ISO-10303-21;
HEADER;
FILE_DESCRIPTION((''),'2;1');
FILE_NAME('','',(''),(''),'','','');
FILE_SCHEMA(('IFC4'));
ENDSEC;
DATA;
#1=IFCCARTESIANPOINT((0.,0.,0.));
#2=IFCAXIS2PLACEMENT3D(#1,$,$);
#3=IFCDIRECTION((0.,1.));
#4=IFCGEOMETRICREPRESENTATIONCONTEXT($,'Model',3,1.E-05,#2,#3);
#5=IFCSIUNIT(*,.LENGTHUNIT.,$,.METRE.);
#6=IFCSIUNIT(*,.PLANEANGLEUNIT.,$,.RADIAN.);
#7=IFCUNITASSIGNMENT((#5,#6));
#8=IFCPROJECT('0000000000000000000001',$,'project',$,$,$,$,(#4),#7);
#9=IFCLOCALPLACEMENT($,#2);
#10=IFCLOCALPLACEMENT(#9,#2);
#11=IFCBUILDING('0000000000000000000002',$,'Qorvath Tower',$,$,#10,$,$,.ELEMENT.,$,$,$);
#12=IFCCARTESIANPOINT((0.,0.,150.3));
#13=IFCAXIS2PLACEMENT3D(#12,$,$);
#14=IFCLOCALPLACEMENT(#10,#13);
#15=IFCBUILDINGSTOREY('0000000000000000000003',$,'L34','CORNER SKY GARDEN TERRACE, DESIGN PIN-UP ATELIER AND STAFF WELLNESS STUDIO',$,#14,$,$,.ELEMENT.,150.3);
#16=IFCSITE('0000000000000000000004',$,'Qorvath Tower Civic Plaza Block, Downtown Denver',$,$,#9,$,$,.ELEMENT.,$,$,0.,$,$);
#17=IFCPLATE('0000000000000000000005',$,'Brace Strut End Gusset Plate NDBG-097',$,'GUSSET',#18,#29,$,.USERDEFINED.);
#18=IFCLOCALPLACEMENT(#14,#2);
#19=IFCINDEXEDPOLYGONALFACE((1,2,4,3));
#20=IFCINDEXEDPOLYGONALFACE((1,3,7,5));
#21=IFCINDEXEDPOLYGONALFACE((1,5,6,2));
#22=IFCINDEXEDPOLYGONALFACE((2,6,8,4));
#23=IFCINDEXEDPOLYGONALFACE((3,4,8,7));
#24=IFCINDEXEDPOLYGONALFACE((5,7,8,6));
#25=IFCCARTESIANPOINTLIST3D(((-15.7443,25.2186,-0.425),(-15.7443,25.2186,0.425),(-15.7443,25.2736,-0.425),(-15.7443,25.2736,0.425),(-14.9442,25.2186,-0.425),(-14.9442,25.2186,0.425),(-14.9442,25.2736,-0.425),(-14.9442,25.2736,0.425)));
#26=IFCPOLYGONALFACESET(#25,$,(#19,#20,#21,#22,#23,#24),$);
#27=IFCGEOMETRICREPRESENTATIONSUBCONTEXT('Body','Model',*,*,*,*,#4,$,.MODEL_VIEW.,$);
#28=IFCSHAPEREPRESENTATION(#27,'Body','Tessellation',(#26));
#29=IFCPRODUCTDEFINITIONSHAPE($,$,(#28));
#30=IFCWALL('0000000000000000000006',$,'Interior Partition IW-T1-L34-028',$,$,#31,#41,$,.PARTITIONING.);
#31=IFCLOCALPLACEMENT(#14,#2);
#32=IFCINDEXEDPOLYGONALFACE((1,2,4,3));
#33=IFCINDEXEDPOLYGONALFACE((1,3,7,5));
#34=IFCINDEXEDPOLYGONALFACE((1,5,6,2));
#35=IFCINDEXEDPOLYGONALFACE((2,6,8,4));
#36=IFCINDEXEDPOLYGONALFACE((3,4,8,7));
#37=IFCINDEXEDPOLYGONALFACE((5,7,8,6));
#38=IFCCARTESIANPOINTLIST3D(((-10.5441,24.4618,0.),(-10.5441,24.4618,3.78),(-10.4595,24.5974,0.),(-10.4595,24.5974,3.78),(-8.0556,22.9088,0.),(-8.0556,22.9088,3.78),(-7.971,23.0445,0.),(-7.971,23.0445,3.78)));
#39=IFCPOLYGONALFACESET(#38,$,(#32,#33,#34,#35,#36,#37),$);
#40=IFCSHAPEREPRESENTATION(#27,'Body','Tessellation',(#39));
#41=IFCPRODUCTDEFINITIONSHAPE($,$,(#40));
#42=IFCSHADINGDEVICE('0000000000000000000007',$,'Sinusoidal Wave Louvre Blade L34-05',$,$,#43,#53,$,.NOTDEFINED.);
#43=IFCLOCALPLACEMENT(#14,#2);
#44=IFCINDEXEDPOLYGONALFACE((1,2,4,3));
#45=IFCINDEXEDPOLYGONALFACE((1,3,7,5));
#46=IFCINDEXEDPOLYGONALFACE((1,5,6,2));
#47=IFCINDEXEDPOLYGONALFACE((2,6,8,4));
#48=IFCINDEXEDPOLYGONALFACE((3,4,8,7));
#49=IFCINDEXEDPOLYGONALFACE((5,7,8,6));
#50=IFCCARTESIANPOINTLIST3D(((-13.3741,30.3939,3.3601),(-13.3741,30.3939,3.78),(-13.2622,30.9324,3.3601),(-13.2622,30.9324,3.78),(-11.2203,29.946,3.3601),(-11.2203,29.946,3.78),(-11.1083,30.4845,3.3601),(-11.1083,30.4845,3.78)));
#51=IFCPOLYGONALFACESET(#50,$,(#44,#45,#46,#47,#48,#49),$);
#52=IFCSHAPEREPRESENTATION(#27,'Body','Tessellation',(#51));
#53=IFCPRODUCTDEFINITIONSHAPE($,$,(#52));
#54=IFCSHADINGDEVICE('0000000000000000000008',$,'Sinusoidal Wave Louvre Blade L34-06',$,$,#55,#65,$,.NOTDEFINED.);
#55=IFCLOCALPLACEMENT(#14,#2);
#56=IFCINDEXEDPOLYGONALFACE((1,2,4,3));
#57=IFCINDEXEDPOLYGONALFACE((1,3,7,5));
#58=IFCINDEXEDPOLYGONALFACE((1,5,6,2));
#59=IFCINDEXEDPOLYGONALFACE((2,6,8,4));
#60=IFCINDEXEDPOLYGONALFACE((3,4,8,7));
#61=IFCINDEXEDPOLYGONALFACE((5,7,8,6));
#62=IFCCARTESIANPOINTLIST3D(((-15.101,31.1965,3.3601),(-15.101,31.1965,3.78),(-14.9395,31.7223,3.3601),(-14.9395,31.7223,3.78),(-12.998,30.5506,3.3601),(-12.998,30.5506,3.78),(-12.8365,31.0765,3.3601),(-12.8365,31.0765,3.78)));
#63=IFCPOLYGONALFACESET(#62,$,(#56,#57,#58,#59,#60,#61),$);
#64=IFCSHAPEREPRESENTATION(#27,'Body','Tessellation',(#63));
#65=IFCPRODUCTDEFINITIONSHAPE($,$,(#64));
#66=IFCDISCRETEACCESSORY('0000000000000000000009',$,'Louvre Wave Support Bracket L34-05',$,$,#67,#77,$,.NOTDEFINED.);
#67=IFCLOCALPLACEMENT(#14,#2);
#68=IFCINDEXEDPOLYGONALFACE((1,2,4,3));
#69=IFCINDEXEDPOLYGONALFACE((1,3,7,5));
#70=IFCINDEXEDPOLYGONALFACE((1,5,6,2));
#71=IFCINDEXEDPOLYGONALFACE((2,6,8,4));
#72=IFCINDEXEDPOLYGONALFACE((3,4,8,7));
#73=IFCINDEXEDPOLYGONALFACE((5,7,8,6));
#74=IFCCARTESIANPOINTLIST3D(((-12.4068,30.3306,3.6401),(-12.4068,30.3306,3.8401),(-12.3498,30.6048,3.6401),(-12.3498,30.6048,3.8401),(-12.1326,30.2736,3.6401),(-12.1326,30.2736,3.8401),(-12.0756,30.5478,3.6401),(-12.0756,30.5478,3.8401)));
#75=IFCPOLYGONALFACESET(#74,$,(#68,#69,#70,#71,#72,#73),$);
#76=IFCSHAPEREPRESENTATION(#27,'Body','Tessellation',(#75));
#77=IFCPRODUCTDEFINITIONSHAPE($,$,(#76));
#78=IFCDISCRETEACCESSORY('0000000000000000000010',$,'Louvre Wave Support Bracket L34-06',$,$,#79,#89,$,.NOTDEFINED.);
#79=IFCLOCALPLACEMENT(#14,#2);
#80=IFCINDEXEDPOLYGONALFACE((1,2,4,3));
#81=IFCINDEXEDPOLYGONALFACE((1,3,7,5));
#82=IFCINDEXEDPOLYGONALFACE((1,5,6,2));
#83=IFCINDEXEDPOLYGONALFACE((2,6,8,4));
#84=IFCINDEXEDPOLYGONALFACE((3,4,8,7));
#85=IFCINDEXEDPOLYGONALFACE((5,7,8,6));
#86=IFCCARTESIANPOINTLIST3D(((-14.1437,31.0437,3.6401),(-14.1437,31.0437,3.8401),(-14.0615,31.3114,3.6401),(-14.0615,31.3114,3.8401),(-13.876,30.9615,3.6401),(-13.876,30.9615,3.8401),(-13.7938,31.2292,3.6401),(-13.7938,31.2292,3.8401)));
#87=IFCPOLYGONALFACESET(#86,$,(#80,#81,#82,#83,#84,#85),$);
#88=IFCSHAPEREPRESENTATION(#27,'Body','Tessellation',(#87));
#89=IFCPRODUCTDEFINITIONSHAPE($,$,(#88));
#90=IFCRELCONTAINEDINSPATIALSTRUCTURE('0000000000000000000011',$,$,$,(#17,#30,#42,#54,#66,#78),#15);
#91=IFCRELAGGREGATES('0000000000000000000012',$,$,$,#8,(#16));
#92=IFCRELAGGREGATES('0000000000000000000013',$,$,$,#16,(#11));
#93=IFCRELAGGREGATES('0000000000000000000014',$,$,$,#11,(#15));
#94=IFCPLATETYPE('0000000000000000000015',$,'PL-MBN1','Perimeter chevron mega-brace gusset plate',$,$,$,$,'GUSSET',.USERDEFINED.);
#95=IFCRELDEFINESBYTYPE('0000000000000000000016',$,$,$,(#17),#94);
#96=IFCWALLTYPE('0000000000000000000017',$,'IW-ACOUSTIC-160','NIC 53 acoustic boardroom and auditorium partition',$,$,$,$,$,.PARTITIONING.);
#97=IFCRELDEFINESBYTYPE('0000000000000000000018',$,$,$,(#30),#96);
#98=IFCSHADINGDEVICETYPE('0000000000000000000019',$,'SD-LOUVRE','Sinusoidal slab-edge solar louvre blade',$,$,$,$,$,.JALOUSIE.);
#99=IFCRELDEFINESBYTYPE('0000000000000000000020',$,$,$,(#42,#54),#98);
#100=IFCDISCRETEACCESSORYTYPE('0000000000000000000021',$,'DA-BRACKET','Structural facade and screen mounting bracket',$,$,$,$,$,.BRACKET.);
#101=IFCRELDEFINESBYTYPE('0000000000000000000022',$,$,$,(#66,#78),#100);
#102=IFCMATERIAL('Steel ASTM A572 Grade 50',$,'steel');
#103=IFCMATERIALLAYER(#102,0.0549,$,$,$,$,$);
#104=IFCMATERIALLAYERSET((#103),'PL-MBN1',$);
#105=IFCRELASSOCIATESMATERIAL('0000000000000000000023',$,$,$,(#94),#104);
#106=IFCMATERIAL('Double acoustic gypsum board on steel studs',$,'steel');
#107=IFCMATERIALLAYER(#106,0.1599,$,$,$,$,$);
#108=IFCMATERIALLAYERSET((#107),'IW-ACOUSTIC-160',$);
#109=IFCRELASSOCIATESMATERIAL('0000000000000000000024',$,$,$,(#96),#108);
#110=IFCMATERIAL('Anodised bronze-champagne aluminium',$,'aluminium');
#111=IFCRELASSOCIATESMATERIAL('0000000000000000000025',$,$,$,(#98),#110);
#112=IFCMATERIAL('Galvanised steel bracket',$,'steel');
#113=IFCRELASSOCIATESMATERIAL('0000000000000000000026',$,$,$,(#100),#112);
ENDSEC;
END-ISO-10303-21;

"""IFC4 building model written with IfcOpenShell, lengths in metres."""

from ifc_helpers import new_model, si_unit, direction, frame, frame_2d, origin, origin_2d, place, context, subcontext, project, spatial, rectangle, extrude, material, layer, layer_set, type_object, element, save


model = new_model("IFC4")

# Units and contexts
model_context = context("Model", 3, precision=1e-05, world=origin(), true_north=direction((0.0, 1.0)))
body_context = subcontext(model_context, "Body", "Model", "MODEL_VIEW")
ifc_project = project(units=[si_unit("LENGTHUNIT", "METRE"), si_unit("PLANEANGLEUNIT", "RADIAN")], contexts=[model_context])

# Site, building, storey
site_placement = place(None, origin())
site = spatial("IfcSite", under=ifc_project, at=site_placement, Name="Qorvath Tower Civic Plaza Block, Downtown Denver", CompositionType="ELEMENT", RefElevation=0.0)
building_placement = place(site_placement, origin())
building = spatial("IfcBuilding", under=site, at=building_placement, Name="Qorvath Tower", CompositionType="ELEMENT")
storey_placement = place(building_placement, frame((0.0, 0.0, 150.3)))
storey = spatial("IfcBuildingStorey", under=building, at=storey_placement, Name="L34", Description="CORNER SKY GARDEN TERRACE, DESIGN PIN-UP ATELIER AND STAFF WELLNESS STUDIO", CompositionType="ELEMENT", Elevation=150.3)

# Plate
ifc_material_1 = material(Name="Steel ASTM A572 Grade 50", Category="steel")
ifc_layer_1 = layer(ifc_material_1, 0.0549)
ifc_layer_set_1 = layer_set([ifc_layer_1], Name="PL-MBN1")
plate_type_1 = type_object("IfcPlateType", Name="PL-MBN1", Description="Perimeter chevron mega-brace gusset plate", ElementType="GUSSET", PredefinedType="USERDEFINED", material=ifc_layer_set_1)
plate_1_placement = place(storey_placement, frame((-15.3442, 25.2461, -0.425), z_axis=(0.0, 0.0, 1.0), x_axis=(1.0, 0.0, 0.0)))
element("IfcPlate", 1, at=plate_1_placement, inside=storey, type_object=plate_type_1, Name="Brace Strut End Gusset Plate NDBG-097", ObjectType="GUSSET", PredefinedType="USERDEFINED", context=body_context, shape_type="SweptSolid", body=[
    extrude(rectangle(XDim=0.8, YDim=0.0549, at=origin_2d()), origin(), (0.0, 0.0, 1.0), 0.8501),
])

# Wall
ifc_material_2 = material(Name="Double acoustic gypsum board on steel studs", Category="steel")
ifc_layer_2 = layer(ifc_material_2, 0.1599)
ifc_layer_set_2 = layer_set([ifc_layer_2], Name="IW-ACOUSTIC-160")
wall_type = type_object("IfcWallType", Name="IW-ACOUSTIC-160", Description="NIC 53 acoustic boardroom and auditorium partition", PredefinedType="PARTITIONING", material=ifc_layer_set_2)
wall_placement = place(storey_placement, frame((-8.0132, 22.9766, 0.0), z_axis=(0.0, 0.0, 1.0), x_axis=(-0.848358, 0.529423, 0.0)))
element("IfcWall", 2, at=wall_placement, inside=storey, type_object=wall_type, Name="Interior Partition IW-T1-L34-028", PredefinedType="PARTITIONING", context=body_context, shape_type="SweptSolid", body=[
    extrude(rectangle(XDim=2.9333, YDim=0.1599, at=frame_2d((1.4668, 0.0))), origin(), (0.0, 0.0, 1.0), 3.78),
])

# Shading devices
ifc_material_3 = material(Name="Anodised bronze-champagne aluminium", Category="aluminium")
shading_device_type = type_object("IfcShadingDeviceType", Name="SD-LOUVRE", Description="Sinusoidal slab-edge solar louvre blade", PredefinedType="JALOUSIE", material=ifc_material_3)
for number, where, z_axis, x_axis, name in (
    (3, (-12.2412, 30.4392, 3.3601), (0.0, 0.0, 1.0), (-0.979056, 0.203592, 0.0), "Sinusoidal Wave Louvre Blade L34-05"),
    (4, (-13.9688, 31.1365, 3.3601), (0.0, 0.0, 1.0), (-0.955938, 0.29357, 0.0), "Sinusoidal Wave Louvre Blade L34-06"),
):
    element("IfcShadingDevice", number, at=place(storey_placement, frame(where, z_axis=z_axis, x_axis=x_axis)), inside=storey, type_object=shading_device_type, Name=name, PredefinedType="NOTDEFINED", context=body_context, shape_type="SweptSolid", body=[
        extrude(rectangle(XDim=2.2, YDim=0.55, at=origin_2d()), origin(), (0.0, 0.0, 1.0), 0.4199),
    ])

# Discrete accessories
ifc_material_4 = material(Name="Galvanised steel bracket", Category="steel")
discrete_accessory_type = type_object("IfcDiscreteAccessoryType", Name="DA-BRACKET", Description="Structural facade and screen mounting bracket", PredefinedType="BRACKET", material=ifc_material_4)
for number, where, z_axis, x_axis, name in (
    (5, (-12.2412, 30.4392, 3.6401), (0.0, 0.0, 1.0), (-0.979056, 0.203592, 0.0), "Louvre Wave Support Bracket L34-05"),
    (6, (-13.9688, 31.1365, 3.6401), (0.0, 0.0, 1.0), (-0.955938, 0.29357, 0.0), "Louvre Wave Support Bracket L34-06"),
):
    element("IfcDiscreteAccessory", number, at=place(storey_placement, frame(where, z_axis=z_axis, x_axis=x_axis)), inside=storey, type_object=discrete_accessory_type, Name=name, PredefinedType="NOTDEFINED", context=body_context, shape_type="SweptSolid", body=[
        extrude(rectangle(XDim=0.28, YDim=0.28, at=origin_2d()), origin(), (0.0, 0.0, 1.0), 0.2),
    ])

save(model, "model.ifc")
